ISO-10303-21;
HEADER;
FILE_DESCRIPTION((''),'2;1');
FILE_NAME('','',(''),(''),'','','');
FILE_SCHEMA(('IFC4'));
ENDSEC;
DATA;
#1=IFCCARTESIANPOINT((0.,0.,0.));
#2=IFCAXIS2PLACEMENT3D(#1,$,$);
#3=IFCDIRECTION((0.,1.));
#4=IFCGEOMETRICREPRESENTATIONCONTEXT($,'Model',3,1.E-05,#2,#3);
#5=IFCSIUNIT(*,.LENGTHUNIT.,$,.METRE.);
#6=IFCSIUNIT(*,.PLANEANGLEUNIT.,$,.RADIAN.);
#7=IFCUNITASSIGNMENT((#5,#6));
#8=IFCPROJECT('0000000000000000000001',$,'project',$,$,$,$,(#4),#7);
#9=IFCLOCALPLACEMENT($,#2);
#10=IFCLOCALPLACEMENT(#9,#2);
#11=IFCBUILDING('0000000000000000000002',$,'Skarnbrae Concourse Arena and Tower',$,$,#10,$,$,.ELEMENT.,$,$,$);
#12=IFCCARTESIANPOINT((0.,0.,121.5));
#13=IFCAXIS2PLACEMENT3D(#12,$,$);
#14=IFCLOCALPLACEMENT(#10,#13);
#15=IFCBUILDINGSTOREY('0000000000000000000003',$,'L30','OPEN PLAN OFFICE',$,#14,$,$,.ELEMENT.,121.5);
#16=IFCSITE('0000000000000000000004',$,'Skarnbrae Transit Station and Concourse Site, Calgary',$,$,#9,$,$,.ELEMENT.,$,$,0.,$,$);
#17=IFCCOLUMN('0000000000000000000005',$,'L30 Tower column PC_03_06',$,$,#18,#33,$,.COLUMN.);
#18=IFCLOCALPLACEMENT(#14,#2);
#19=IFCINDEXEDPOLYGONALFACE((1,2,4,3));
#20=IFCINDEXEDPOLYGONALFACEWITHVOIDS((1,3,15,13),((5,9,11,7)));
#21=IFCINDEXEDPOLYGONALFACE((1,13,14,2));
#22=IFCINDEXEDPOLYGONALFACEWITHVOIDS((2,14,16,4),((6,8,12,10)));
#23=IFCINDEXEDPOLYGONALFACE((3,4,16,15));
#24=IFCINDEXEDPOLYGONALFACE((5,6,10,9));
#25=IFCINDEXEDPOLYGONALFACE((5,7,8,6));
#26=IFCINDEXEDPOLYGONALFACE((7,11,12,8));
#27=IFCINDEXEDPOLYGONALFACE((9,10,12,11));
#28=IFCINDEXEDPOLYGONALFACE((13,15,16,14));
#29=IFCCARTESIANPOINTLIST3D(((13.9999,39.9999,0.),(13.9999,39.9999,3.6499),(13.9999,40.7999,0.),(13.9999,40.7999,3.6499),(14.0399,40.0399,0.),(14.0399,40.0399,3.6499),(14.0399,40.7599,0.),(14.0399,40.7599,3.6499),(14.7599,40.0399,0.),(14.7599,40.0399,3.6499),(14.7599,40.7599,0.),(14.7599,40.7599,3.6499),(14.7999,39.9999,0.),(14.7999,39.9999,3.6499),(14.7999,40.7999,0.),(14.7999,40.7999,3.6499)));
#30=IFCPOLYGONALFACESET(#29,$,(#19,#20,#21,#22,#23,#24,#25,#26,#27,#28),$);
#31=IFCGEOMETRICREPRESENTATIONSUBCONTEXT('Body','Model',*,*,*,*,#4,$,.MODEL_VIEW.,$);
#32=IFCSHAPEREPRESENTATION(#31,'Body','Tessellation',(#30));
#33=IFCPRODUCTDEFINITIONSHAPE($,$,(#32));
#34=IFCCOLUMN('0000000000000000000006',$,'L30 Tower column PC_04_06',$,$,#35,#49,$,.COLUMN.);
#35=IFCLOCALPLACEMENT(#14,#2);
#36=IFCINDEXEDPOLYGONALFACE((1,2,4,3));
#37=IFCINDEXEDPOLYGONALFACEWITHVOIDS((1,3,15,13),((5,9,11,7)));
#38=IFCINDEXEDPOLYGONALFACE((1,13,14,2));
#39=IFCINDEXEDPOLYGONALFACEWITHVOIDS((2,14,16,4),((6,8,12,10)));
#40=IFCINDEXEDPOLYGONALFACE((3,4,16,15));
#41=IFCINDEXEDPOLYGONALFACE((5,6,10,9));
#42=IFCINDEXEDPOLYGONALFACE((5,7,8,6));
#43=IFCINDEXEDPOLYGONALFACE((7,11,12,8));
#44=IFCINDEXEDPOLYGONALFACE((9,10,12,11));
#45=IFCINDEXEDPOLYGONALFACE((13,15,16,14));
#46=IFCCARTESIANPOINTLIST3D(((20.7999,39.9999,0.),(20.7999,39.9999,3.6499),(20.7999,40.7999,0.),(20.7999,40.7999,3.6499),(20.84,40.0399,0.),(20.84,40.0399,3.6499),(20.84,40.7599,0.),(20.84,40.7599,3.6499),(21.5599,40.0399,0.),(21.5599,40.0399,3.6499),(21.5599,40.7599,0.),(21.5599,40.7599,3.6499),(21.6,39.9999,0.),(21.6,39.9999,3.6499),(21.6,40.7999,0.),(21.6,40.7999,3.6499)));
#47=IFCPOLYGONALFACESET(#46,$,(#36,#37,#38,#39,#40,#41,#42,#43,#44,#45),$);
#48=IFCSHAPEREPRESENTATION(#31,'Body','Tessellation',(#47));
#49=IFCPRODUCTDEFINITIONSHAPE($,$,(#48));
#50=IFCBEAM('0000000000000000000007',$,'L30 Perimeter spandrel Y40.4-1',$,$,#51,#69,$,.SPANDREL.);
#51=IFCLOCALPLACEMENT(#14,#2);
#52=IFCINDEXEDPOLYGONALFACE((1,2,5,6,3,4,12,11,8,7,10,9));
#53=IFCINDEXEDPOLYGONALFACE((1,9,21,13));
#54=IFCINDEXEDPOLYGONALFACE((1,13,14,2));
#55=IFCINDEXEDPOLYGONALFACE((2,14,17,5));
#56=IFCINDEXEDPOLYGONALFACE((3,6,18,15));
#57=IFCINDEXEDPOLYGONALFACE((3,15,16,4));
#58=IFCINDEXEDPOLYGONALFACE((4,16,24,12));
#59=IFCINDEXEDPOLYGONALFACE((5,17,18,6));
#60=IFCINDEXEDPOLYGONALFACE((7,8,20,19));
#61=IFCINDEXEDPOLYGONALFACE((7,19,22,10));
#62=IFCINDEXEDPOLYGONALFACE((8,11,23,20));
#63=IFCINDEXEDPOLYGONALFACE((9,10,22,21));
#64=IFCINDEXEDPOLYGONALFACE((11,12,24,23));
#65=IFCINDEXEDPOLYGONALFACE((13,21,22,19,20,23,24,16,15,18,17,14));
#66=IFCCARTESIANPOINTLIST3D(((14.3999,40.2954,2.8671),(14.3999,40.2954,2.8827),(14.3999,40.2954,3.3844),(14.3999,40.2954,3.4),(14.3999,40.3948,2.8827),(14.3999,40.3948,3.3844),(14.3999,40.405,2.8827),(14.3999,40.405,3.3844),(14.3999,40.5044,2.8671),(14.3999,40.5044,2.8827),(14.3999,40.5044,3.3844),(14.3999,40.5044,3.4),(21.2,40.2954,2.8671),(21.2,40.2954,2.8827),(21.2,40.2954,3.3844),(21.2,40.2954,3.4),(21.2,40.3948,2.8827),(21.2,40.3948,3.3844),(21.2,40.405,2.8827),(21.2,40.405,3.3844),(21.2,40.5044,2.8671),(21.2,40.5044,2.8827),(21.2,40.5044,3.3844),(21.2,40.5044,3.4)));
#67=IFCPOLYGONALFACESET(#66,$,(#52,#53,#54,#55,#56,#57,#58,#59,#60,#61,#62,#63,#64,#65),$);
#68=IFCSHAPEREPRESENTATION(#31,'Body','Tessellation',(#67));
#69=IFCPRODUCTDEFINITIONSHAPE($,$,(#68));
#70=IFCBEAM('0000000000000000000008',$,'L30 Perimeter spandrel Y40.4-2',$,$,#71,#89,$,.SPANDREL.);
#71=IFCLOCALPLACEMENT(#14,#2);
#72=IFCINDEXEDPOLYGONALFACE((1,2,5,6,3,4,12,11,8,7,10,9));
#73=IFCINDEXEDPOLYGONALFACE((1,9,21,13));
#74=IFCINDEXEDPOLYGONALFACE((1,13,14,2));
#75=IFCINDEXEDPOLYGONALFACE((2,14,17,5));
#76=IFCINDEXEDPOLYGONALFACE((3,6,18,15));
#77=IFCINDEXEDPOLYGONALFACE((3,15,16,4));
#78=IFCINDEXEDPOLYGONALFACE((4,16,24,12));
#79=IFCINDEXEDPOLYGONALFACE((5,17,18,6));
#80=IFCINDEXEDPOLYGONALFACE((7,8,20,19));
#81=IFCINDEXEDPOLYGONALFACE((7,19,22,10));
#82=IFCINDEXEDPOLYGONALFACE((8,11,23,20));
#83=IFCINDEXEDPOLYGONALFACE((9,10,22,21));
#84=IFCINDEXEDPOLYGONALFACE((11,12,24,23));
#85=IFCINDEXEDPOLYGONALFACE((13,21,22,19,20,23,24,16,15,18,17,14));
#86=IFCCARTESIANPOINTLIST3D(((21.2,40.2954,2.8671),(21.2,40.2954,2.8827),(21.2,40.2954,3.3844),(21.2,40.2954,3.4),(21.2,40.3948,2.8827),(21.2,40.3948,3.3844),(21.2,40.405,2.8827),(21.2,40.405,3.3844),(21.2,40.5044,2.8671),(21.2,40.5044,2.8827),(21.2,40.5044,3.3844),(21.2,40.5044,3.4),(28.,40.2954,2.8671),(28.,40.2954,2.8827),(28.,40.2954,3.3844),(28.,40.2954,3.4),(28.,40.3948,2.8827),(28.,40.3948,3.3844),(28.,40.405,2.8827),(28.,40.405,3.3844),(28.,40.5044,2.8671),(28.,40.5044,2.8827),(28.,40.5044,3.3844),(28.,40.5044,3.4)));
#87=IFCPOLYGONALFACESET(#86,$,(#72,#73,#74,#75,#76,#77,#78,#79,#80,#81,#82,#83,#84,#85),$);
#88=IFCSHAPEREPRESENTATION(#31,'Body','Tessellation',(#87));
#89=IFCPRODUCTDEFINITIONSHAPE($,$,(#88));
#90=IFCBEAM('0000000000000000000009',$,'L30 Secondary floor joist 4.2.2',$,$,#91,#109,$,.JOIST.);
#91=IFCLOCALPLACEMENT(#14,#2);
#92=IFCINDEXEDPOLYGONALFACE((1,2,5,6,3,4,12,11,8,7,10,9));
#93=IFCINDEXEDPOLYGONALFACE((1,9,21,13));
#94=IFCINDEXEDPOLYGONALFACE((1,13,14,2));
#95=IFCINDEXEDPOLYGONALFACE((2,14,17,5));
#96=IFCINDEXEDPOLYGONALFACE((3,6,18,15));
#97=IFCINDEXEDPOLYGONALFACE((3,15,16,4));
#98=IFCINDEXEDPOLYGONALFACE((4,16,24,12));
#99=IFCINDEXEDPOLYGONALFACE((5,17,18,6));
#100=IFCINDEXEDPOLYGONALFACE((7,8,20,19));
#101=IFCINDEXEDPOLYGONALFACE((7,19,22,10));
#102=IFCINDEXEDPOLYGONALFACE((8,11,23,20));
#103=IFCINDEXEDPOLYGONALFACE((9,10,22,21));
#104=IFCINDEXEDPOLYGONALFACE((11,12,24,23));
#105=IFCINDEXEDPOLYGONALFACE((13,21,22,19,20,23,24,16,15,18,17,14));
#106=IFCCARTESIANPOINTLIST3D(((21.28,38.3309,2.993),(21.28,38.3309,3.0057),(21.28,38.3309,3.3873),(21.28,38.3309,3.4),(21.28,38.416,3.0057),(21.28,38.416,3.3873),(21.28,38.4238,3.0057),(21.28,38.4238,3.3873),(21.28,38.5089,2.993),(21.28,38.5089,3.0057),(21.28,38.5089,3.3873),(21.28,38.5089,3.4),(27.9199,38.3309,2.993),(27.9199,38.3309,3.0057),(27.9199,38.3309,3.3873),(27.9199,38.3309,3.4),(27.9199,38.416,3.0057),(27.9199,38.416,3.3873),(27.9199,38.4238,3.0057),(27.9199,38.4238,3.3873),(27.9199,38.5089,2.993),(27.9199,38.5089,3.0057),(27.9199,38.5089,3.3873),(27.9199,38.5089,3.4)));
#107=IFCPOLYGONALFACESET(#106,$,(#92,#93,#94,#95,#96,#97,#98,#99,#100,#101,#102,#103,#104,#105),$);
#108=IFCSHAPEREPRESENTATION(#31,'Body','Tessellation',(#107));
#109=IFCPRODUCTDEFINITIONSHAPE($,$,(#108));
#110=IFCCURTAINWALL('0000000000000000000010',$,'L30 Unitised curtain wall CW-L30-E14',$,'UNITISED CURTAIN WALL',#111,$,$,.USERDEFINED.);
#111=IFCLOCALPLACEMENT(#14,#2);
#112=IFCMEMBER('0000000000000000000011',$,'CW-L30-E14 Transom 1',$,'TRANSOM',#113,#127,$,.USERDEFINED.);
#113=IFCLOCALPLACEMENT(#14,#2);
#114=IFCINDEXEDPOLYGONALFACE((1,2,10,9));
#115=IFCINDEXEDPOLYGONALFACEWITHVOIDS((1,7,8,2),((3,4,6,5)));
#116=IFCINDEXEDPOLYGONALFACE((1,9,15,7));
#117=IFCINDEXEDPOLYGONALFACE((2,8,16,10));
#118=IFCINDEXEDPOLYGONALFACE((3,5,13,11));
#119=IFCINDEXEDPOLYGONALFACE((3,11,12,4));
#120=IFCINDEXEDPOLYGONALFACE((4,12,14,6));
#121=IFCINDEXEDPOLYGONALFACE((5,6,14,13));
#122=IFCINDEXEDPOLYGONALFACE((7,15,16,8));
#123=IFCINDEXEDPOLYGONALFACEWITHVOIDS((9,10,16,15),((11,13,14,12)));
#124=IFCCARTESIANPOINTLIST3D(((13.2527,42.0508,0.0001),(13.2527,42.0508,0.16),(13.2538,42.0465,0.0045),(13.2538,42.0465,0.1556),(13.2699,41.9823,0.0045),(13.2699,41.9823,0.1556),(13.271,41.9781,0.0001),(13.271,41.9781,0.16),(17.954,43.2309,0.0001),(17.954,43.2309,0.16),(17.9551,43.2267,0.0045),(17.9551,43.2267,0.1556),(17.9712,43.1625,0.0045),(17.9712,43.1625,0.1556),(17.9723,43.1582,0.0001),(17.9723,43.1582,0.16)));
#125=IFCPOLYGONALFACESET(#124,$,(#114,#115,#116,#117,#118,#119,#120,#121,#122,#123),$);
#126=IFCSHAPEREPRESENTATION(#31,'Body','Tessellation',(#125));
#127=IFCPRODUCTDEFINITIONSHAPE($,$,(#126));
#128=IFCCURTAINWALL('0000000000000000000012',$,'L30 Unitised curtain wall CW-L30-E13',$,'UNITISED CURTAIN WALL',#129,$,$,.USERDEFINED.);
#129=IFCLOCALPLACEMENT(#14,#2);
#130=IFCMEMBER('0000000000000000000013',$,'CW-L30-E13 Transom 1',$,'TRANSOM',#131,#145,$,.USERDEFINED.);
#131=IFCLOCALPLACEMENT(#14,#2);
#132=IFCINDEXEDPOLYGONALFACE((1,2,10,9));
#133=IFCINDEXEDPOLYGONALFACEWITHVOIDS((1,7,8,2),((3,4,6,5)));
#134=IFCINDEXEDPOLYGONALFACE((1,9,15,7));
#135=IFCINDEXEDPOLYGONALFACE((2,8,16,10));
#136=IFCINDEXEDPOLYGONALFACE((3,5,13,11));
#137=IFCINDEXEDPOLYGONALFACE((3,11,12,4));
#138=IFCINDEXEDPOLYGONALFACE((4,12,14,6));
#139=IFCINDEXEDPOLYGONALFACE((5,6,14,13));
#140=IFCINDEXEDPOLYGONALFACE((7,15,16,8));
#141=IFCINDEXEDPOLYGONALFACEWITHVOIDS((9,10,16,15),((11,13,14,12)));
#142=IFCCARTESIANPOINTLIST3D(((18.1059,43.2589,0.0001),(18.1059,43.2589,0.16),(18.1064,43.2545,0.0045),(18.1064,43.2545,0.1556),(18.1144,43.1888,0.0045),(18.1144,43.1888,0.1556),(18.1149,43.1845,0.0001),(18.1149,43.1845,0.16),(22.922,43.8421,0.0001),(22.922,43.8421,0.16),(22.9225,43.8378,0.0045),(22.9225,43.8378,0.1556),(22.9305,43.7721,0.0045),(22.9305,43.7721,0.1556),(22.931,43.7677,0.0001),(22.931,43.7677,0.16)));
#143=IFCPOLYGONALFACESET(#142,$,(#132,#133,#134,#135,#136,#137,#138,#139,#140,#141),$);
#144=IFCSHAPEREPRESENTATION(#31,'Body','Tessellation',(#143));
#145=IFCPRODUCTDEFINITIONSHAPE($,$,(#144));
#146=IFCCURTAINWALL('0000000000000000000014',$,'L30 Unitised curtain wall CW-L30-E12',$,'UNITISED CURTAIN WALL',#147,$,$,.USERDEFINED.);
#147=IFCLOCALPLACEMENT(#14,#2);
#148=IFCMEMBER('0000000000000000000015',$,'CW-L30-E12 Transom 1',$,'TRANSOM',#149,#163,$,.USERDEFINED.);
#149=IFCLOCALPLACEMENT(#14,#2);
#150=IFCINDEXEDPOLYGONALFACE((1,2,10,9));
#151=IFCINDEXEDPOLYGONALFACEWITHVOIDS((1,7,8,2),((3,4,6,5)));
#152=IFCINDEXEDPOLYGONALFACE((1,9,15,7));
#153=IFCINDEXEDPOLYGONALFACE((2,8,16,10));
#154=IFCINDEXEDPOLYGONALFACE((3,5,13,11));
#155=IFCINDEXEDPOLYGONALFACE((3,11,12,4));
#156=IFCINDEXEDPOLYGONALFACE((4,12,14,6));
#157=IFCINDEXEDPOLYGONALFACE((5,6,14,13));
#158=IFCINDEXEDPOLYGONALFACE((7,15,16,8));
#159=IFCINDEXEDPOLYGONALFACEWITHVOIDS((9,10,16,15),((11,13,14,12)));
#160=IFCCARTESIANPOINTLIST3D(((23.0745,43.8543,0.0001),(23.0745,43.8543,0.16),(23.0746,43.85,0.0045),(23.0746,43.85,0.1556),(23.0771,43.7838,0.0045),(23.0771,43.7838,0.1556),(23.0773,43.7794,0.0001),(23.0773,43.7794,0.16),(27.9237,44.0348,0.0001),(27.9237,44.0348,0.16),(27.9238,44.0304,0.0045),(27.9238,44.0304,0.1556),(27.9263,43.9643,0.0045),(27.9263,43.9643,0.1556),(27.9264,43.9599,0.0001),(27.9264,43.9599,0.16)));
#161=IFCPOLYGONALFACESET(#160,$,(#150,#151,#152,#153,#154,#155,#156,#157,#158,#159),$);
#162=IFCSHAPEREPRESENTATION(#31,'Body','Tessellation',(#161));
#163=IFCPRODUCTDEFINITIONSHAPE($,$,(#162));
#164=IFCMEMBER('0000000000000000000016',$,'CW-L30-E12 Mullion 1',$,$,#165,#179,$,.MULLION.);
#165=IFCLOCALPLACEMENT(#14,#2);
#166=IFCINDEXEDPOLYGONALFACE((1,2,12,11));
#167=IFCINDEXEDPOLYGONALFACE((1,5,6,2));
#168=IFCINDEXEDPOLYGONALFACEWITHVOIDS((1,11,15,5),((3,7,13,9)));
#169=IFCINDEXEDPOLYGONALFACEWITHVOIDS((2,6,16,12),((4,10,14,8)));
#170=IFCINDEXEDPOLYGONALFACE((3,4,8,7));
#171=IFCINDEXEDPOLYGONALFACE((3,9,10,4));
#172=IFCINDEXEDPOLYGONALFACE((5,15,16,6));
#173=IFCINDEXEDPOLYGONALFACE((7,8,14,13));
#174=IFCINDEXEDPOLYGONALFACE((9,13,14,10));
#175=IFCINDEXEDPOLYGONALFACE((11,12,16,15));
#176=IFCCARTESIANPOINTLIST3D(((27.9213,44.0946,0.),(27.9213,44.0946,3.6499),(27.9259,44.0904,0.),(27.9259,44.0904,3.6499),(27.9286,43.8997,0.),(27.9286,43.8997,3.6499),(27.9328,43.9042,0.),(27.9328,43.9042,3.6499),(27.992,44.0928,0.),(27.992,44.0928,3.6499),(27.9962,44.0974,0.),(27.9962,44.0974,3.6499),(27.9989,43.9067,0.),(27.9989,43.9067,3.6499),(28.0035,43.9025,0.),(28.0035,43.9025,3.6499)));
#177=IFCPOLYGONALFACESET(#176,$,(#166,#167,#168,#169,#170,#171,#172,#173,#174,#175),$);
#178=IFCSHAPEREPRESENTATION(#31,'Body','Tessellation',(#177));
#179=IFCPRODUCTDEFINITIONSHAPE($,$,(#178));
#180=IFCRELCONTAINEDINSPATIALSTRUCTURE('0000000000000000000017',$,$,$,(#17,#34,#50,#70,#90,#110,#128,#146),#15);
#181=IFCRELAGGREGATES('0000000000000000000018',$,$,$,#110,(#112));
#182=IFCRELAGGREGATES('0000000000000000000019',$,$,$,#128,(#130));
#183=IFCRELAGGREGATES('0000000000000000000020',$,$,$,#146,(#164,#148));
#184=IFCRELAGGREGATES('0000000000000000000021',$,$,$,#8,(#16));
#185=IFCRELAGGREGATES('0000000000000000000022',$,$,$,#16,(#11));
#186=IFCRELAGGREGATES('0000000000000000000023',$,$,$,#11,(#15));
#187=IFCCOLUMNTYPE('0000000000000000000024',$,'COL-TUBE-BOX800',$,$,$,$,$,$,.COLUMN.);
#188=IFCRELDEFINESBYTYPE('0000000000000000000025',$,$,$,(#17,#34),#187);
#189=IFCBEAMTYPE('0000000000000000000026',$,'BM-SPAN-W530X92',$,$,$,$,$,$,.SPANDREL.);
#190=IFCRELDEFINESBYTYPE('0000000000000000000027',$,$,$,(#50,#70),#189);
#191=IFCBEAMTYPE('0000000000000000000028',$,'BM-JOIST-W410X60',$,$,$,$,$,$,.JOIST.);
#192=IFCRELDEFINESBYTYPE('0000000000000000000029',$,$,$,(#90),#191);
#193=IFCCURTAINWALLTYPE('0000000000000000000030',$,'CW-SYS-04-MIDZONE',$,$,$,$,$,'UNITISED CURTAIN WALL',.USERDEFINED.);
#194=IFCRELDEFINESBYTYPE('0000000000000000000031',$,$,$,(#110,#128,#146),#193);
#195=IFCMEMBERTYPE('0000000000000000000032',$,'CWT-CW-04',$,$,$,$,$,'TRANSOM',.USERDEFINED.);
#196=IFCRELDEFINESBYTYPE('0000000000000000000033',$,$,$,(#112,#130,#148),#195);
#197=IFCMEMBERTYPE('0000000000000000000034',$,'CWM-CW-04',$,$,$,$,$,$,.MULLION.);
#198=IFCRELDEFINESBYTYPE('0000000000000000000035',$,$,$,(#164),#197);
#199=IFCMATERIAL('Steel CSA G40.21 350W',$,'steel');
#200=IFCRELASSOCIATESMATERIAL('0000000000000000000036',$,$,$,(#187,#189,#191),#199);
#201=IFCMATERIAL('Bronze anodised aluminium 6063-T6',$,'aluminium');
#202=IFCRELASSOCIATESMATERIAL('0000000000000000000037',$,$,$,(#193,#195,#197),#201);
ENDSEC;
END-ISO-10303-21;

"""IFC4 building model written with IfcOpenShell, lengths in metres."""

from ifc_helpers import new_model, si_unit, direction, frame, origin, origin_2d, place, context, subcontext, project, spatial, hollow_rectangle, i_section, extrude, source, transform, mapped, material, material_profile, profile_set, type_object, element, aggregate, save


model = new_model("IFC4")

# Units and contexts
model_context = context("Model", 3, precision=1e-05, world=origin(), true_north=direction((0.0, 1.0)))
body_context = subcontext(model_context, "Body", "Model", "MODEL_VIEW")
ifc_project = project(units=[si_unit("LENGTHUNIT", "METRE"), si_unit("PLANEANGLEUNIT", "RADIAN")], contexts=[model_context])

# Site, building, storey
site_placement = place(None, origin())
site = spatial("IfcSite", under=ifc_project, at=site_placement, Name="Skarnbrae Transit Station and Concourse Site, Calgary", CompositionType="ELEMENT", RefElevation=0.0)
building_placement = place(site_placement, origin())
building = spatial("IfcBuilding", under=site, at=building_placement, Name="Skarnbrae Concourse Arena and Tower", CompositionType="ELEMENT")
storey_placement = place(building_placement, frame((0.0, 0.0, 121.5)))
storey = spatial("IfcBuildingStorey", under=building, at=storey_placement, Name="L30", Description="OPEN PLAN OFFICE", CompositionType="ELEMENT", Elevation=121.5)

# Columns
ifc_material_1 = material(Name="Steel CSA G40.21 350W", Category="steel")
ifc_material_profile_1 = material_profile(ifc_material_1, hollow_rectangle(XDim=0.8, YDim=0.8, WallThickness=0.04, at=origin_2d()), Name="BOX800X800X40")
ifc_profile_set_1 = profile_set([ifc_material_profile_1], Name="Steel CSA G40.21 350W")
column_type = type_object("IfcColumnType", Name="COL-TUBE-BOX800", PredefinedType="COLUMN", material=ifc_profile_set_1)
shared_shape_1 = source(origin(), body_context, "Body", "SweptSolid", [
    extrude(hollow_rectangle(XDim=0.8, YDim=0.8, WallThickness=0.04, at=origin_2d()), origin(), (0.0, 0.0, 1.0), 3.6499),
])
for number, where, z_axis, x_axis, name in (
    (1, (14.3999, 40.3999, 0.0), (0.0, 0.0, 1.0), (1.0, 0.0, 0.0), "L30 Tower column PC_03_06"),
    (2, (21.2, 40.3999, 0.0), (0.0, 0.0, 1.0), (1.0, 0.0, 0.0), "L30 Tower column PC_04_06"),
):
    element("IfcColumn", number, at=place(storey_placement, frame(where, z_axis=z_axis, x_axis=x_axis)), inside=storey, type_object=column_type, Name=name, PredefinedType="COLUMN", context=body_context, shape_type="MappedRepresentation", body=[
        mapped(shared_shape_1, transform((0.0, 0.0, 0.0))),
    ])

# Beams
ifc_material_profile_2 = material_profile(ifc_material_1, i_section(OverallWidth=0.209, OverallDepth=0.533, WebThickness=0.0103, FlangeThickness=0.0156, at=origin_2d()), Name="W530X92")
ifc_profile_set_2 = profile_set([ifc_material_profile_2], Name="Steel CSA G40.21 350W")
beam_type_1 = type_object("IfcBeamType", Name="BM-SPAN-W530X92", PredefinedType="SPANDREL", material=ifc_profile_set_2)
shared_shape_2 = source(origin(), body_context, "Body", "SweptSolid", [
    extrude(i_section(OverallWidth=0.209, OverallDepth=0.533, WebThickness=0.0103, FlangeThickness=0.0156, at=origin_2d()), origin(), (0.0, 0.0, 1.0), 6.8),
])
for number, where, z_axis, x_axis, name in (
    (3, (14.3999, 40.3999, 3.1335), (1.0, 0.0, 0.0), (0.0, 1.0, 0.0), "L30 Perimeter spandrel Y40.4-1"),
    (4, (21.2, 40.3999, 3.1335), (1.0, 0.0, 0.0), (0.0, 1.0, 0.0), "L30 Perimeter spandrel Y40.4-2"),
):
    element("IfcBeam", number, at=place(storey_placement, frame(where, z_axis=z_axis, x_axis=x_axis)), inside=storey, type_object=beam_type_1, Name=name, PredefinedType="SPANDREL", context=body_context, shape_type="MappedRepresentation", body=[
        mapped(shared_shape_2, transform((0.0, 0.0, 0.0))),
    ])
ifc_material_profile_3 = material_profile(ifc_material_1, i_section(OverallWidth=0.178, OverallDepth=0.407, WebThickness=0.0078, FlangeThickness=0.0127, at=origin_2d()), Name="W410X60")
ifc_profile_set_3 = profile_set([ifc_material_profile_3], Name="Steel CSA G40.21 350W")
beam_type_2 = type_object("IfcBeamType", Name="BM-JOIST-W410X60", PredefinedType="JOIST", material=ifc_profile_set_3)
shared_shape_3 = source(origin(), body_context, "Body", "SweptSolid", [
    extrude(i_section(OverallWidth=0.178, OverallDepth=0.407, WebThickness=0.0078, FlangeThickness=0.0127, at=origin_2d()), origin(), (0.0, 0.0, 1.0), 6.6399),
])
beam_placement = place(storey_placement, frame((21.28, 38.4199, 3.1965), z_axis=(1.0, 0.0, 0.0), x_axis=(0.0, 1.0, 0.0)))
element("IfcBeam", 5, at=beam_placement, inside=storey, type_object=beam_type_2, Name="L30 Secondary floor joist 4.2.2", PredefinedType="JOIST", context=body_context, shape_type="MappedRepresentation", body=[
    mapped(shared_shape_3, transform((0.0, 0.0, 0.0))),
])

# Curtain walls, members
ifc_material_2 = material(Name="Bronze anodised aluminium 6063-T6", Category="aluminium")
curtain_wall_type = type_object("IfcCurtainWallType", Name="CW-SYS-04-MIDZONE", ElementType="UNITISED CURTAIN WALL", PredefinedType="USERDEFINED", material=ifc_material_2)
curtain_wall_1_placement = place(storey_placement, origin())
curtain_wall_1 = element("IfcCurtainWall", 6, at=curtain_wall_1_placement, inside=storey, type_object=curtain_wall_type, Name="L30 Unitised curtain wall CW-L30-E14", ObjectType="UNITISED CURTAIN WALL", PredefinedType="USERDEFINED")
ifc_material_profile_4 = material_profile(ifc_material_2, hollow_rectangle(XDim=0.075, YDim=0.1599, WallThickness=0.0044, at=origin_2d()), Name="ALU-TRAN-75X160")
ifc_profile_set_4 = profile_set([ifc_material_profile_4], Name="Bronze anodised aluminium 6063-T6")
member_type_1 = type_object("IfcMemberType", Name="CWT-CW-04", ElementType="TRANSOM", PredefinedType="USERDEFINED", material=ifc_profile_set_4)
shared_shape_4 = source(origin(), body_context, "Body", "SweptSolid", [
    extrude(hollow_rectangle(XDim=0.075, YDim=0.1599, WallThickness=0.0044, at=origin_2d()), origin(), (0.0, 0.0, 1.0), 4.8472),
])
member_1_placement = place(storey_placement, frame((17.9631, 43.1946, 0.0801), z_axis=(-0.969908, -0.243472, 0.0), x_axis=(0.243472, -0.969908, 0.0)))
member_1 = element("IfcMember", 7, at=member_1_placement, type_object=member_type_1, Name="CW-L30-E14 Transom 1", ObjectType="TRANSOM", PredefinedType="USERDEFINED", context=body_context, shape_type="MappedRepresentation", body=[
    mapped(shared_shape_4, transform((0.0, 0.0, 0.0))),
])
curtain_wall_2_placement = place(storey_placement, origin())
curtain_wall_2 = element("IfcCurtainWall", 8, at=curtain_wall_2_placement, inside=storey, type_object=curtain_wall_type, Name="L30 Unitised curtain wall CW-L30-E13", ObjectType="UNITISED CURTAIN WALL", PredefinedType="USERDEFINED")
shared_shape_5 = source(origin(), body_context, "Body", "SweptSolid", [
    extrude(hollow_rectangle(XDim=0.075, YDim=0.1599, WallThickness=0.0044, at=origin_2d()), origin(), (0.0, 0.0, 1.0), 4.8513),
])
member_2_placement = place(storey_placement, frame((22.9265, 43.8049, 0.0801), z_axis=(-0.992747, -0.120225, 0.0), x_axis=(0.120225, -0.992747, 0.0)))
member_2 = element("IfcMember", 9, at=member_2_placement, type_object=member_type_1, Name="CW-L30-E13 Transom 1", ObjectType="TRANSOM", PredefinedType="USERDEFINED", context=body_context, shape_type="MappedRepresentation", body=[
    mapped(shared_shape_5, transform((0.0, 0.0, 0.0))),
])

# Curtain wall, members
curtain_wall_3_placement = place(storey_placement, origin())
curtain_wall_3 = element("IfcCurtainWall", 10, at=curtain_wall_3_placement, inside=storey, type_object=curtain_wall_type, Name="L30 Unitised curtain wall CW-L30-E12", ObjectType="UNITISED CURTAIN WALL", PredefinedType="USERDEFINED")
shared_shape_6 = source(origin(), body_context, "Body", "SweptSolid", [
    extrude(hollow_rectangle(XDim=0.075, YDim=0.1599, WallThickness=0.0044, at=origin_2d()), origin(), (0.0, 0.0, 1.0), 4.8525),
])
member_3_placement = place(storey_placement, frame((27.925, 43.9973, 0.0801), z_axis=(-0.999309, -0.037181, 0.0), x_axis=(0.037181, -0.999309, 0.0)))
member_3 = element("IfcMember", 11, at=member_3_placement, type_object=member_type_1, Name="CW-L30-E12 Transom 1", ObjectType="TRANSOM", PredefinedType="USERDEFINED", context=body_context, shape_type="MappedRepresentation", body=[
    mapped(shared_shape_6, transform((0.0, 0.0, 0.0))),
])
ifc_material_profile_5 = material_profile(ifc_material_2, hollow_rectangle(XDim=0.075, YDim=0.1951, WallThickness=0.0044, at=origin_2d()), Name="ALU-MULL-75X195")
ifc_profile_set_5 = profile_set([ifc_material_profile_5], Name="Bronze anodised aluminium 6063-T6")
member_type_2 = type_object("IfcMemberType", Name="CWM-CW-04", PredefinedType="MULLION", material=ifc_profile_set_5)
shared_shape_7 = source(origin(), body_context, "Body", "SweptSolid", [
    extrude(hollow_rectangle(XDim=0.075, YDim=0.1951, WallThickness=0.0044, at=origin_2d()), origin(), (0.0, 0.0, 1.0), 3.6499),
])
member_4_placement = place(storey_placement, frame((27.9624, 43.9985, 0.0), z_axis=(0.0, 0.0, 1.0), x_axis=(-0.999308, -0.037183, 0.0)))
member_4 = element("IfcMember", 12, at=member_4_placement, type_object=member_type_2, Name="CW-L30-E12 Mullion 1", PredefinedType="MULLION", context=body_context, shape_type="MappedRepresentation", body=[
    mapped(shared_shape_7, transform((0.0, 0.0, 0.0))),
])

aggregate(curtain_wall_1, [member_1])
aggregate(curtain_wall_2, [member_2])
aggregate(curtain_wall_3, [member_4, member_3])

save(model, "model.ifc")
